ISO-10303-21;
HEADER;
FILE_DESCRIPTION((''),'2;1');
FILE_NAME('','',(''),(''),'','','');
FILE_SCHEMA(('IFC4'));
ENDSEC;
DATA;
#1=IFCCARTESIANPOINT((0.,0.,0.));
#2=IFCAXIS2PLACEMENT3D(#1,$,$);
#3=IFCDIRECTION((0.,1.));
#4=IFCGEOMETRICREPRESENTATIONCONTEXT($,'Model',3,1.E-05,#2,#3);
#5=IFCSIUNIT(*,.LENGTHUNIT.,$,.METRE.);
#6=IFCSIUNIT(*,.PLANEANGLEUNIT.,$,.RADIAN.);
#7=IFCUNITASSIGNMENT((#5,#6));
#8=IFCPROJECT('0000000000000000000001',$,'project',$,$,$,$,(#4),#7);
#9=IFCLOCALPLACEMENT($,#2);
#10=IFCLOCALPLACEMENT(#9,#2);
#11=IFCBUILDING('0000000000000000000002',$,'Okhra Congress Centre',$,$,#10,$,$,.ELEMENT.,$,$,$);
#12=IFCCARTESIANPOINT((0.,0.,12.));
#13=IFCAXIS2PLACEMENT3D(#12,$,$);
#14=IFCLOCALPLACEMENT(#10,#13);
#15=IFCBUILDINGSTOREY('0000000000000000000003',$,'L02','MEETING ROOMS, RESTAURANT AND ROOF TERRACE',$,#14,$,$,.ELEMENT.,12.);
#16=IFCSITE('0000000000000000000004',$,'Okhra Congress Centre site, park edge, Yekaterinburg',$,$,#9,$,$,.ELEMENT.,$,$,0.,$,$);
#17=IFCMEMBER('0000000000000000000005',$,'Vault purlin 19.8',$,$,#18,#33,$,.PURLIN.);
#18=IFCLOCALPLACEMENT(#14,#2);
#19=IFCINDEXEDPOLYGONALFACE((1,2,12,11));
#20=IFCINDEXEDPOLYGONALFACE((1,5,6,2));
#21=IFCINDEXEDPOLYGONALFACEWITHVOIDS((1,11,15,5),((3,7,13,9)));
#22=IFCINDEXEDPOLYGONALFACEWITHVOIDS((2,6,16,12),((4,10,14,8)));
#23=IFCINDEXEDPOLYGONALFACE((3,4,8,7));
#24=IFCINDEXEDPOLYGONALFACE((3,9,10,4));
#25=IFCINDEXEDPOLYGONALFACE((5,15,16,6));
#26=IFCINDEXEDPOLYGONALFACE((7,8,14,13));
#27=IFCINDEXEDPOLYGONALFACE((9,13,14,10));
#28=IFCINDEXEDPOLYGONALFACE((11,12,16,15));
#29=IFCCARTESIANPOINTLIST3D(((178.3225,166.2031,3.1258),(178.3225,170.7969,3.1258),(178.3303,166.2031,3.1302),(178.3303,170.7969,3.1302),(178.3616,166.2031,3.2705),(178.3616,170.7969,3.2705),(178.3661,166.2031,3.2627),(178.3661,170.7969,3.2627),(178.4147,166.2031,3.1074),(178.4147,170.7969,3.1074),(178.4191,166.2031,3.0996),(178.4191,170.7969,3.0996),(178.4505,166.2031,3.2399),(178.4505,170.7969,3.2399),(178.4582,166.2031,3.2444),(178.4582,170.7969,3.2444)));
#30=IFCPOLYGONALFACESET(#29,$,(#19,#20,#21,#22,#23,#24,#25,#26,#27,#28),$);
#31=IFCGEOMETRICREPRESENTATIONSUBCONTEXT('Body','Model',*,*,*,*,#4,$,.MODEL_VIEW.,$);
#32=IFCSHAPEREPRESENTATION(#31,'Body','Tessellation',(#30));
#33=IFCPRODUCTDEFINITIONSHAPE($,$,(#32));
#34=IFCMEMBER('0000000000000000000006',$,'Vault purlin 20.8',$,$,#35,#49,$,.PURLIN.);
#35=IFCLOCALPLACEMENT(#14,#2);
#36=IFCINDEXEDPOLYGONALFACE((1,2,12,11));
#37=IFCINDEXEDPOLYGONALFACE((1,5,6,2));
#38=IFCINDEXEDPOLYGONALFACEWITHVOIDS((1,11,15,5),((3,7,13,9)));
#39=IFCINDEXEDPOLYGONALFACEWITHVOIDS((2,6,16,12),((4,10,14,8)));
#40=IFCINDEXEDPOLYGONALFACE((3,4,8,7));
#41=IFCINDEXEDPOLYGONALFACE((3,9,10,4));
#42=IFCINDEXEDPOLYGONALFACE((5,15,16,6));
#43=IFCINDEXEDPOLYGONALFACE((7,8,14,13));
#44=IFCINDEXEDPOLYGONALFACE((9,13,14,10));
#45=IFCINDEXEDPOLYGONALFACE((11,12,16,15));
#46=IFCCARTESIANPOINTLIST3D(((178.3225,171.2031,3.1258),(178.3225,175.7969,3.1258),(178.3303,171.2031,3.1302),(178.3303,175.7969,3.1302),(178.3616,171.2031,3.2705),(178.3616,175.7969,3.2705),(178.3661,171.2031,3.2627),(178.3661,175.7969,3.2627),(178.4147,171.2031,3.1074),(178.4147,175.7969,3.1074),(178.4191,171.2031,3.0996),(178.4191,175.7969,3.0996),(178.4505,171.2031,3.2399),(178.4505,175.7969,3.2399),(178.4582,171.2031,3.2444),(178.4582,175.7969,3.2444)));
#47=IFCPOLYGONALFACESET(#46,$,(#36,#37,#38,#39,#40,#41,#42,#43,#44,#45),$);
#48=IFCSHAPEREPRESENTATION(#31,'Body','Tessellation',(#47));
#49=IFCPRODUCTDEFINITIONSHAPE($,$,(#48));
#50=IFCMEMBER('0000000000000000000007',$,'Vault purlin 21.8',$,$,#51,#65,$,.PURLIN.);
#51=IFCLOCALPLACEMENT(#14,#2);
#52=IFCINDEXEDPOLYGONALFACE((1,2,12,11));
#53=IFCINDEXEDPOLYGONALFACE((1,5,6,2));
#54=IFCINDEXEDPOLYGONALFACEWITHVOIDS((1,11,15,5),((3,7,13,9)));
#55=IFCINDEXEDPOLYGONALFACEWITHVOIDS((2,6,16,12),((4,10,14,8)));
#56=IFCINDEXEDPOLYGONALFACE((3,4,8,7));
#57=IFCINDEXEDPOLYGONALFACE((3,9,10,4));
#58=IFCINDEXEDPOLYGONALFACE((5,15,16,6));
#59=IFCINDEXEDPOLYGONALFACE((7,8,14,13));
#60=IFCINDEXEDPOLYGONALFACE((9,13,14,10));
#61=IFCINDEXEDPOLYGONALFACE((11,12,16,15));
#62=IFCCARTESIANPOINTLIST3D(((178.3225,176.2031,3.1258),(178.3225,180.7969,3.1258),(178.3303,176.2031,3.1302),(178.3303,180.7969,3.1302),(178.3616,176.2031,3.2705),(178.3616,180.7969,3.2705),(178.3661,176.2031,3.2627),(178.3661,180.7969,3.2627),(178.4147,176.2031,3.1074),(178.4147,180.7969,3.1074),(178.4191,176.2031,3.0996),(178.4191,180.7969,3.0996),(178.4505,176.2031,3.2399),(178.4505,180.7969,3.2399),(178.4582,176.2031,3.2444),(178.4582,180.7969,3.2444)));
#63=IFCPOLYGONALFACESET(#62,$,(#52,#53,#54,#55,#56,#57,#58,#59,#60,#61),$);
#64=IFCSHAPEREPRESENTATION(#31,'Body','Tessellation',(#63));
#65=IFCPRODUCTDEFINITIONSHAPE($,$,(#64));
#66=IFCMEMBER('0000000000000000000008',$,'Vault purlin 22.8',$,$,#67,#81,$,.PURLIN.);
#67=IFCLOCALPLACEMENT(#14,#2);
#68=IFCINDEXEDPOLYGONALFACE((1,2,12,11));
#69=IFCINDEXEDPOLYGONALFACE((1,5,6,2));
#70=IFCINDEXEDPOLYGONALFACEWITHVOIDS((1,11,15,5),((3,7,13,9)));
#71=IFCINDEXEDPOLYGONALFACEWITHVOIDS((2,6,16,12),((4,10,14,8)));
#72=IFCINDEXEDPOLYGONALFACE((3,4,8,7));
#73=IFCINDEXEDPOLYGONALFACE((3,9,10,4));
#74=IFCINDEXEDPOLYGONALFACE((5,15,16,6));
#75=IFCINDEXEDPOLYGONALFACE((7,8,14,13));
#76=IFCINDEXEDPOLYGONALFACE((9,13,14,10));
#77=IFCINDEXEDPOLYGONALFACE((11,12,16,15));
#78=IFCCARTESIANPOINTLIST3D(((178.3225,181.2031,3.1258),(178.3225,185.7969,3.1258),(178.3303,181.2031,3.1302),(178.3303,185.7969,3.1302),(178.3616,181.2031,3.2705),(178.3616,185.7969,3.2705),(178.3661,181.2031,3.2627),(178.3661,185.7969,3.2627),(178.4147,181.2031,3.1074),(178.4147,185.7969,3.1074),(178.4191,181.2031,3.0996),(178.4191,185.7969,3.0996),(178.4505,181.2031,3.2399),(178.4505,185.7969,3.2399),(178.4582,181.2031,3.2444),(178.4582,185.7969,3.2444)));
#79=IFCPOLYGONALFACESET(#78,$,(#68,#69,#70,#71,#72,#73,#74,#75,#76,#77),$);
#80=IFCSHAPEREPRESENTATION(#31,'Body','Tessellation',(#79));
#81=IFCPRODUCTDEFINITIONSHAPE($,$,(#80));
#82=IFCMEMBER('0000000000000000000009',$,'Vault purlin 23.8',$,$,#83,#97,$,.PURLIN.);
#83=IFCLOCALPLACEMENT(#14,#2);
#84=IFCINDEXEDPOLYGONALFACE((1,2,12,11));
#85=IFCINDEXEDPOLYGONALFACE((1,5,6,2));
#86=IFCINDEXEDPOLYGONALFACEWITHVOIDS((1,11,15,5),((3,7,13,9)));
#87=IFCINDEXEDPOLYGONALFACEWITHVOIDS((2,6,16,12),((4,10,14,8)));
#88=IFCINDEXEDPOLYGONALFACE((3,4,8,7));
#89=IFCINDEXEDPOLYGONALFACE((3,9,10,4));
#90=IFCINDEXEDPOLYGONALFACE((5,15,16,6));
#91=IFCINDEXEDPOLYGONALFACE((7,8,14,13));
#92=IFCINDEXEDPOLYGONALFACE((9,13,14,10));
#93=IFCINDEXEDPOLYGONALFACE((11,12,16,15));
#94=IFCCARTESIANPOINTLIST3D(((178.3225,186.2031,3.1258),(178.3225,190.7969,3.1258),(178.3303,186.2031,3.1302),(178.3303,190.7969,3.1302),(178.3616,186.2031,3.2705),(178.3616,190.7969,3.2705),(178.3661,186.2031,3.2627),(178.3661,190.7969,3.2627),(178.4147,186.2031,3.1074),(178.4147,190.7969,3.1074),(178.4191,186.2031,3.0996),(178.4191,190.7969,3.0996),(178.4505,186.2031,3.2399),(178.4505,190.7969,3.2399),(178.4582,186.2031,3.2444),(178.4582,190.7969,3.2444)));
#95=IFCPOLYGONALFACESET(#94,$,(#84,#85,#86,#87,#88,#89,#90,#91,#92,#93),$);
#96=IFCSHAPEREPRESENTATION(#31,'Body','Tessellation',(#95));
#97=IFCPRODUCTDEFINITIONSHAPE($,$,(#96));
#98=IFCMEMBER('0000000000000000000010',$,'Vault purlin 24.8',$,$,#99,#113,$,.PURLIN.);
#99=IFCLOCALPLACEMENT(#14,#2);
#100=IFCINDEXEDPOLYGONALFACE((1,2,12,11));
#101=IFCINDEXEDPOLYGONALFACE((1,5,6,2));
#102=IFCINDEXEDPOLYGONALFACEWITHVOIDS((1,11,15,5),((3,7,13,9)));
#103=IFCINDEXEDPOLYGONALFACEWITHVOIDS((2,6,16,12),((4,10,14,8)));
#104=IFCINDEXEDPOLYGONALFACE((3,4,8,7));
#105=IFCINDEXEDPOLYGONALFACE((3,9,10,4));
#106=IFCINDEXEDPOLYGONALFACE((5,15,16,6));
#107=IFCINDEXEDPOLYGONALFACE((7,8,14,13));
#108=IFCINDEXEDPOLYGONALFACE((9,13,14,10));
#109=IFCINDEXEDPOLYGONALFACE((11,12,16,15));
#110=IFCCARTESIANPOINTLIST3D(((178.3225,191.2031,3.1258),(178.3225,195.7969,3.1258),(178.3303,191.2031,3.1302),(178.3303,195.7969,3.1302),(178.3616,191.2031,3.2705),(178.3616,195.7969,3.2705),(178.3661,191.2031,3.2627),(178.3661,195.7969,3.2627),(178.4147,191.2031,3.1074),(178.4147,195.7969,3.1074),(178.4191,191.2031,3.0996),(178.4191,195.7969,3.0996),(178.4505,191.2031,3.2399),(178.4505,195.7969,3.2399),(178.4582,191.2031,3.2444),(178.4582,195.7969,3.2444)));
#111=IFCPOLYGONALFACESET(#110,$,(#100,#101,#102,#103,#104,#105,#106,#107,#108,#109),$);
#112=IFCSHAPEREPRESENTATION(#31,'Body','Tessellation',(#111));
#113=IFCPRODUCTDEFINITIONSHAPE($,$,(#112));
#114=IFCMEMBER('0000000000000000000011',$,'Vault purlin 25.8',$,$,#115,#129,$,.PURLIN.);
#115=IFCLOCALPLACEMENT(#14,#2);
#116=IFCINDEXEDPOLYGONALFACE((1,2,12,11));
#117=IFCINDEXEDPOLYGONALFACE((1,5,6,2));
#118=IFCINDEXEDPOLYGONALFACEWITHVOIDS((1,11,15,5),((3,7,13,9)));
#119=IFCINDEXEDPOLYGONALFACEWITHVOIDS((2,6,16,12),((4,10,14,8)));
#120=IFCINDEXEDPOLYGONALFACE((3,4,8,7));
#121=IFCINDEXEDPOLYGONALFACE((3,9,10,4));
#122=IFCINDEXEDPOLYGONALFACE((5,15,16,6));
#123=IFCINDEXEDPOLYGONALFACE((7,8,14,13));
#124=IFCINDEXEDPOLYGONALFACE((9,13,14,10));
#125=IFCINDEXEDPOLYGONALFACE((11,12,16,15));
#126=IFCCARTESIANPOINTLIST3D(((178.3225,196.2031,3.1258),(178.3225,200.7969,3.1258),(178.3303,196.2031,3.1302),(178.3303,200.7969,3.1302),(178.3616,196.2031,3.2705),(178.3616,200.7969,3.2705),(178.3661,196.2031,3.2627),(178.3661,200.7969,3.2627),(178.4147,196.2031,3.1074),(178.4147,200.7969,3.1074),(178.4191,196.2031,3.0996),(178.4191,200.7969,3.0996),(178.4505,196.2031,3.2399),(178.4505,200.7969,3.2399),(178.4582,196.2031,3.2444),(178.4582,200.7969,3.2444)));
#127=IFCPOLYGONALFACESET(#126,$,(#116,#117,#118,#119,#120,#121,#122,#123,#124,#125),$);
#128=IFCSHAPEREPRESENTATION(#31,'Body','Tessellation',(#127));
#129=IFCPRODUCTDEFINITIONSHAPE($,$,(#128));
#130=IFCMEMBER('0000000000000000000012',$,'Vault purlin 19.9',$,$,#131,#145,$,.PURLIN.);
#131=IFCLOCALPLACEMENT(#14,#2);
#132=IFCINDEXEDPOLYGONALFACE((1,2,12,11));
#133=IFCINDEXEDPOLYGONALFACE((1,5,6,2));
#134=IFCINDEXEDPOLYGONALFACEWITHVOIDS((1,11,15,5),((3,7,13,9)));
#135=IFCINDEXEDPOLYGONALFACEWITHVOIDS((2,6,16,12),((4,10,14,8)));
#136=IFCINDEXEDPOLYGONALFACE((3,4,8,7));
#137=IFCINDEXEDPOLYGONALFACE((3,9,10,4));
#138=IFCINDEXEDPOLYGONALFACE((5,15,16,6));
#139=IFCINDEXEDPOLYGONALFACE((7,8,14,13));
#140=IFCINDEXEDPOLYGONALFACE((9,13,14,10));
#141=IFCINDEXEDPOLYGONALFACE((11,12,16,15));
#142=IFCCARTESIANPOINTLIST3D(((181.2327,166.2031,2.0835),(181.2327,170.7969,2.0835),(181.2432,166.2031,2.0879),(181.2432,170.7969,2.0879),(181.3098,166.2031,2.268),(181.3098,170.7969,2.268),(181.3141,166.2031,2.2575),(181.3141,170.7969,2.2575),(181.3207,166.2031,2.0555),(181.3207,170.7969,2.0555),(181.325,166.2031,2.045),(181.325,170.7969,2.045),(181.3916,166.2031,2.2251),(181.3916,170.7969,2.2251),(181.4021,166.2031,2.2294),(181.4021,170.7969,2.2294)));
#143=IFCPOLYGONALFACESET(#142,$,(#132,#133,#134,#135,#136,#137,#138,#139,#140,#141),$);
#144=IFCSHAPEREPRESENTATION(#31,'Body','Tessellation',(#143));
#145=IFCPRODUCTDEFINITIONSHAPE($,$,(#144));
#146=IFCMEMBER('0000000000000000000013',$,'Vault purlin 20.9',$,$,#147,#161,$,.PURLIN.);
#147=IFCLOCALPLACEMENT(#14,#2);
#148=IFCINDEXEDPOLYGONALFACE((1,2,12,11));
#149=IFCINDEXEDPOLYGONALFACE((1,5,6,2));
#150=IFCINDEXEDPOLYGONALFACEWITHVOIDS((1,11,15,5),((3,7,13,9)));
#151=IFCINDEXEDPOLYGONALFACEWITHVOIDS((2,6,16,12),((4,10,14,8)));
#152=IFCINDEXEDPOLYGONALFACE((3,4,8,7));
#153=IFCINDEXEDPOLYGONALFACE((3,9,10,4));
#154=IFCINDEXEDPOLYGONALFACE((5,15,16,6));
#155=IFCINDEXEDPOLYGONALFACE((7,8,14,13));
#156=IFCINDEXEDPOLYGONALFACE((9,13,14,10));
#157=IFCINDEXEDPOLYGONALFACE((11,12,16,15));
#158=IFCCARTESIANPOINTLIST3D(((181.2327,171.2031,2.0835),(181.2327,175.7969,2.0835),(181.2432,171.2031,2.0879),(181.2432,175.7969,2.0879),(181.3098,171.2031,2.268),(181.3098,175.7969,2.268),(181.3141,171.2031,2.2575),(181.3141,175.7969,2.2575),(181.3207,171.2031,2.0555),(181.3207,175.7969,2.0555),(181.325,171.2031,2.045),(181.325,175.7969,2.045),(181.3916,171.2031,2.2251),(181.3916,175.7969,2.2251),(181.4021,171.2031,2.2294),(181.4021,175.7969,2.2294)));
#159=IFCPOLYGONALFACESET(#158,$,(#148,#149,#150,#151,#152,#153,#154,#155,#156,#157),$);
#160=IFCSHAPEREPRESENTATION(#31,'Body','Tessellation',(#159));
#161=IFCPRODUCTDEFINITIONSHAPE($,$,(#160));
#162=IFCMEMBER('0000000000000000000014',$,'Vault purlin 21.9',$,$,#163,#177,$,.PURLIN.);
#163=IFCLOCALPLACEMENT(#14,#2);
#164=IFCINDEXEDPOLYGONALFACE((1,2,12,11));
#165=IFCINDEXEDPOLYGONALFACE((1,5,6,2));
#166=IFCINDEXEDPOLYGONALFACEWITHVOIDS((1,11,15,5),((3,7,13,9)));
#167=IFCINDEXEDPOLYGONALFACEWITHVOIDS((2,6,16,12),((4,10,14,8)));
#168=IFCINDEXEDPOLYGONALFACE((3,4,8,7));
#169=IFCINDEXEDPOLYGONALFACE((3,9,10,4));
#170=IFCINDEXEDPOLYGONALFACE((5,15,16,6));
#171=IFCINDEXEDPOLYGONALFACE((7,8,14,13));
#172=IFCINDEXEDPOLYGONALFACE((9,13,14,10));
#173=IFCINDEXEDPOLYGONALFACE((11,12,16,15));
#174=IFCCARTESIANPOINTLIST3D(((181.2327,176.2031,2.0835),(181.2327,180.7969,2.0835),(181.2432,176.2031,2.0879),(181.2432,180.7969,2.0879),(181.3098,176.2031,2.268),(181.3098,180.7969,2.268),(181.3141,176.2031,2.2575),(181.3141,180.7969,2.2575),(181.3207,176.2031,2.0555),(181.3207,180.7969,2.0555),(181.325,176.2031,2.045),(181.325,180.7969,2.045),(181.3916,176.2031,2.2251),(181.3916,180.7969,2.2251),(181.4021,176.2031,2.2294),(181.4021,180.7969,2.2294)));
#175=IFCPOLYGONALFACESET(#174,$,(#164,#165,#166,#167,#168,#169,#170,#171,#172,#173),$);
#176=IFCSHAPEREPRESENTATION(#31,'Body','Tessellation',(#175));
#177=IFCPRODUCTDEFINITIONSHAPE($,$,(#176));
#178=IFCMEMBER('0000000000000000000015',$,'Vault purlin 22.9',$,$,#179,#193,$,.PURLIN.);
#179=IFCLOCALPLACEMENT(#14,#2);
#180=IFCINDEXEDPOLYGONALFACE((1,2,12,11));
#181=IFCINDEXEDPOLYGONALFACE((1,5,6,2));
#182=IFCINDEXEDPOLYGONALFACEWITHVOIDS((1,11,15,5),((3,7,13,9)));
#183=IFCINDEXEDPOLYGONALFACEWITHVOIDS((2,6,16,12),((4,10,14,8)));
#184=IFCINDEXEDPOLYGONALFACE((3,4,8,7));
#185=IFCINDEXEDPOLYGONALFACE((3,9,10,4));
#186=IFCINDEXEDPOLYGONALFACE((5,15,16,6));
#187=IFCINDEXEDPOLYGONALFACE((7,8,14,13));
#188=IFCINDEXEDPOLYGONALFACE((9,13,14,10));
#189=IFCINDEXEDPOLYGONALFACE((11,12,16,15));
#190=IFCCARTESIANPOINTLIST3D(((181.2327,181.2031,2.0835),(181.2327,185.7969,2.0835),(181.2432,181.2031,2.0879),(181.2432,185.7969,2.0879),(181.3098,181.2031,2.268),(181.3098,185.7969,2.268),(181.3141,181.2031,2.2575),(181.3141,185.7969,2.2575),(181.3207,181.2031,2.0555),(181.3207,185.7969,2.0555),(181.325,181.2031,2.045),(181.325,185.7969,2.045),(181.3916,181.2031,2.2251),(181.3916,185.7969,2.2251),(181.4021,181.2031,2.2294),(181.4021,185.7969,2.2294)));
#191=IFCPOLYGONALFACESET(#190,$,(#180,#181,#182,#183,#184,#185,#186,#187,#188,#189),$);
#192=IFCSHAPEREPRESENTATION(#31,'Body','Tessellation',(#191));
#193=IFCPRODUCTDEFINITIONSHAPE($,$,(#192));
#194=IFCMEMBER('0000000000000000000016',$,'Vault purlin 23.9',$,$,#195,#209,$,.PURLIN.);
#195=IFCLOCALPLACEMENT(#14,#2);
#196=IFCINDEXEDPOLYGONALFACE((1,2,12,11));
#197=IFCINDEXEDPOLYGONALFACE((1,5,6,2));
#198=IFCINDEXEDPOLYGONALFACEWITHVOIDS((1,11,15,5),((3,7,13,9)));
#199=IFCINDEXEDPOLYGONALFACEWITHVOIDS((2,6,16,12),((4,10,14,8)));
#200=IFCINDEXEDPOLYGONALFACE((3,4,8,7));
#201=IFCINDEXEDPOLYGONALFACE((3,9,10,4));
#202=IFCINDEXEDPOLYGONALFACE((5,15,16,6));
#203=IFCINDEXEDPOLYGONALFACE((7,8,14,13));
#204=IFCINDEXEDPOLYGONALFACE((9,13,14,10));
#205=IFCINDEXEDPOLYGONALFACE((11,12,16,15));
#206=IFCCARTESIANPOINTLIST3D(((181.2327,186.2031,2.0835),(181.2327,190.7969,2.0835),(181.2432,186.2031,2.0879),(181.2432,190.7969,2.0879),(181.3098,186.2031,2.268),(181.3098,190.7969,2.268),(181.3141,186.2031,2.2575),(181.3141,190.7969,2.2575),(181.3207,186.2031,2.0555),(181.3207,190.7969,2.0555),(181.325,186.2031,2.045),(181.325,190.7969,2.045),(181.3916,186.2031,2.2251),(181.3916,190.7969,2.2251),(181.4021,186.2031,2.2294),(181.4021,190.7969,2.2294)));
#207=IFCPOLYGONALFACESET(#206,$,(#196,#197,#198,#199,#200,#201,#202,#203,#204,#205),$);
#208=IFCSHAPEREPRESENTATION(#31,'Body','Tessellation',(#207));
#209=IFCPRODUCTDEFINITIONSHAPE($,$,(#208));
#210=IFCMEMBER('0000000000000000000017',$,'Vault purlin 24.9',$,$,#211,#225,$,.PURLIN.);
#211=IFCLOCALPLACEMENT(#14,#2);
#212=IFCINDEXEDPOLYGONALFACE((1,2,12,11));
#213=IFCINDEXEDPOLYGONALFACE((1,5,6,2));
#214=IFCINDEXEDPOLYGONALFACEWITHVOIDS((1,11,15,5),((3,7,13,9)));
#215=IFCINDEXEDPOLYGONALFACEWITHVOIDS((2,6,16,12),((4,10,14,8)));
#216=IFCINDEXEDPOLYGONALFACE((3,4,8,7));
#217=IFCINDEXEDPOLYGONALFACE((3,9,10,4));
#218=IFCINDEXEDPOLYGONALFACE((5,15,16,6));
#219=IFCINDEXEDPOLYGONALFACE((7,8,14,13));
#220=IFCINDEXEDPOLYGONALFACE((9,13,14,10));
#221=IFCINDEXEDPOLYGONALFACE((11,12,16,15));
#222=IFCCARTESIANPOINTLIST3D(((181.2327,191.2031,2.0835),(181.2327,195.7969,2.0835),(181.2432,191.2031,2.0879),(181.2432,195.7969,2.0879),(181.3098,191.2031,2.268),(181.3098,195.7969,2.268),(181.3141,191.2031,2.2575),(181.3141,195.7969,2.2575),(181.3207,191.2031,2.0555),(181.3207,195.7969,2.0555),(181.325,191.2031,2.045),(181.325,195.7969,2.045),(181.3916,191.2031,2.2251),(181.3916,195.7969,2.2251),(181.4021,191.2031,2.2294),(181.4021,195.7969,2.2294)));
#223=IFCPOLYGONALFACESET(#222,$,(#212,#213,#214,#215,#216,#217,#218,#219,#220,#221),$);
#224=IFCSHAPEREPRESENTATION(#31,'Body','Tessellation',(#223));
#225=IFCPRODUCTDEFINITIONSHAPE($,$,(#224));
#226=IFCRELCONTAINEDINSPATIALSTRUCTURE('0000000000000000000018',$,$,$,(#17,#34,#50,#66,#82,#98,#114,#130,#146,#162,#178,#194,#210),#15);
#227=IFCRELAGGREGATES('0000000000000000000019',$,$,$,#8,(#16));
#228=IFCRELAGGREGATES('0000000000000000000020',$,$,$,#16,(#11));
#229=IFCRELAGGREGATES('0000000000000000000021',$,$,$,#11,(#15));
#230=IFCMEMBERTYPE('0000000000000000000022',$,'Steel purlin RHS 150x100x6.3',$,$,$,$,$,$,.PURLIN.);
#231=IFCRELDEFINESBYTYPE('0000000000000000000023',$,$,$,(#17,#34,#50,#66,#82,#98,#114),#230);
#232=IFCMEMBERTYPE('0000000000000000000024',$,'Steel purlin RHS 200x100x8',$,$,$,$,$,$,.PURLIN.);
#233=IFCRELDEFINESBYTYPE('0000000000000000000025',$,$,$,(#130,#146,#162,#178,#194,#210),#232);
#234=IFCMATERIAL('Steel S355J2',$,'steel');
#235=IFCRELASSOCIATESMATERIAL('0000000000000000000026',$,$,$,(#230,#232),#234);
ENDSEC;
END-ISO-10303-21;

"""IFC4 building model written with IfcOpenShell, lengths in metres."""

from ifc_helpers import new_model, si_unit, direction, frame, origin, origin_2d, place, context, subcontext, project, spatial, hollow_rectangle, extrude, material, material_profile, profile_set, type_object, element, save


model = new_model("IFC4")

# Units and contexts
model_context = context("Model", 3, precision=1e-05, world=origin(), true_north=direction((0.0, 1.0)))
body_context = subcontext(model_context, "Body", "Model", "MODEL_VIEW")
ifc_project = project(units=[si_unit("LENGTHUNIT", "METRE"), si_unit("PLANEANGLEUNIT", "RADIAN")], contexts=[model_context])

# Site, building, storey
site_placement = place(None, origin())
site = spatial("IfcSite", under=ifc_project, at=site_placement, Name="Okhra Congress Centre site, park edge, Yekaterinburg", CompositionType="ELEMENT", RefElevation=0.0)
building_placement = place(site_placement, origin())
building = spatial("IfcBuilding", under=site, at=building_placement, Name="Okhra Congress Centre", CompositionType="ELEMENT")
storey_placement = place(building_placement, frame((0.0, 0.0, 12.0)))
storey = spatial("IfcBuildingStorey", under=building, at=storey_placement, Name="L02", Description="MEETING ROOMS, RESTAURANT AND ROOF TERRACE", CompositionType="ELEMENT", Elevation=12.0)

# Members
ifc_material_1 = material(Name="Steel S355J2", Category="steel")
ifc_material_profile_1 = material_profile(ifc_material_1, hollow_rectangle(XDim=0.1001, YDim=0.1499, WallThickness=0.0063, at=origin_2d()), Name="RHS 150x100x6.3")
ifc_profile_set_1 = profile_set([ifc_material_profile_1], Name="Steel S355J2")
member_type_1 = type_object("IfcMemberType", Name="Steel purlin RHS 150x100x6.3", PredefinedType="PURLIN", material=ifc_profile_set_1)
for number, where, z_axis, x_axis, name in (
    (1, (178.3904, 166.2031, 3.1851), (0.0, 1.0, 0.0), (-0.96538, 0.0, 0.260848), "Vault purlin 19.8"),
    (2, (178.3904, 171.2031, 3.1851), (0.0, 1.0, 0.0), (-0.96538, 0.0, 0.260848), "Vault purlin 20.8"),
    (3, (178.3904, 176.2031, 3.1851), (0.0, 1.0, 0.0), (-0.96538, 0.0, 0.260848), "Vault purlin 21.8"),
    (4, (178.3904, 181.2031, 3.1851), (0.0, 1.0, 0.0), (-0.96538, 0.0, 0.260848), "Vault purlin 22.8"),
    (5, (178.3904, 186.2031, 3.1851), (0.0, 1.0, 0.0), (-0.96538, 0.0, 0.260848), "Vault purlin 23.8"),
    (6, (178.3904, 191.2031, 3.1851), (0.0, 1.0, 0.0), (-0.96538, 0.0, 0.260848), "Vault purlin 24.8"),
    (7, (178.3904, 196.2031, 3.1851), (0.0, 1.0, 0.0), (-0.96538, 0.0, 0.260848), "Vault purlin 25.8"),
):
    element("IfcMember", number, at=place(storey_placement, frame(where, z_axis=z_axis, x_axis=x_axis)), inside=storey, type_object=member_type_1, Name=name, PredefinedType="PURLIN", context=body_context, shape_type="SweptSolid", body=[
        extrude(hollow_rectangle(XDim=0.1001, YDim=0.1499, WallThickness=0.0063, at=origin_2d()), origin(), (0.0, 0.0, 1.0), 4.5938),
    ])
ifc_material_profile_2 = material_profile(ifc_material_1, hollow_rectangle(XDim=0.1001, YDim=0.2, WallThickness=0.0081, at=origin_2d()), Name="RHS 200x100x8")
ifc_profile_set_2 = profile_set([ifc_material_profile_2], Name="Steel S355J2")
member_type_2 = type_object("IfcMemberType", Name="Steel purlin RHS 200x100x8", PredefinedType="PURLIN", material=ifc_profile_set_2)
for number, where, z_axis, x_axis, name in (
    (8, (181.3174, 166.2031, 2.1565), (0.0, 1.0, 0.0), (-0.922669, 0.0, 0.385593), "Vault purlin 19.9"),
    (9, (181.3174, 171.2031, 2.1565), (0.0, 1.0, 0.0), (-0.922669, 0.0, 0.385593), "Vault purlin 20.9"),
    (10, (181.3174, 176.2031, 2.1565), (0.0, 1.0, 0.0), (-0.922669, 0.0, 0.385593), "Vault purlin 21.9"),
    (11, (181.3174, 181.2031, 2.1565), (0.0, 1.0, 0.0), (-0.922669, 0.0, 0.385593), "Vault purlin 22.9"),
    (12, (181.3174, 186.2031, 2.1565), (0.0, 1.0, 0.0), (-0.922669, 0.0, 0.385593), "Vault purlin 23.9"),
    (13, (181.3174, 191.2031, 2.1565), (0.0, 1.0, 0.0), (-0.922669, 0.0, 0.385593), "Vault purlin 24.9"),
):
    element("IfcMember", number, at=place(storey_placement, frame(where, z_axis=z_axis, x_axis=x_axis)), inside=storey, type_object=member_type_2, Name=name, PredefinedType="PURLIN", context=body_context, shape_type="SweptSolid", body=[
        extrude(hollow_rectangle(XDim=0.1001, YDim=0.2, WallThickness=0.0081, at=origin_2d()), origin(), (0.0, 0.0, 1.0), 4.5938),
    ])

save(model, "model.ifc")
